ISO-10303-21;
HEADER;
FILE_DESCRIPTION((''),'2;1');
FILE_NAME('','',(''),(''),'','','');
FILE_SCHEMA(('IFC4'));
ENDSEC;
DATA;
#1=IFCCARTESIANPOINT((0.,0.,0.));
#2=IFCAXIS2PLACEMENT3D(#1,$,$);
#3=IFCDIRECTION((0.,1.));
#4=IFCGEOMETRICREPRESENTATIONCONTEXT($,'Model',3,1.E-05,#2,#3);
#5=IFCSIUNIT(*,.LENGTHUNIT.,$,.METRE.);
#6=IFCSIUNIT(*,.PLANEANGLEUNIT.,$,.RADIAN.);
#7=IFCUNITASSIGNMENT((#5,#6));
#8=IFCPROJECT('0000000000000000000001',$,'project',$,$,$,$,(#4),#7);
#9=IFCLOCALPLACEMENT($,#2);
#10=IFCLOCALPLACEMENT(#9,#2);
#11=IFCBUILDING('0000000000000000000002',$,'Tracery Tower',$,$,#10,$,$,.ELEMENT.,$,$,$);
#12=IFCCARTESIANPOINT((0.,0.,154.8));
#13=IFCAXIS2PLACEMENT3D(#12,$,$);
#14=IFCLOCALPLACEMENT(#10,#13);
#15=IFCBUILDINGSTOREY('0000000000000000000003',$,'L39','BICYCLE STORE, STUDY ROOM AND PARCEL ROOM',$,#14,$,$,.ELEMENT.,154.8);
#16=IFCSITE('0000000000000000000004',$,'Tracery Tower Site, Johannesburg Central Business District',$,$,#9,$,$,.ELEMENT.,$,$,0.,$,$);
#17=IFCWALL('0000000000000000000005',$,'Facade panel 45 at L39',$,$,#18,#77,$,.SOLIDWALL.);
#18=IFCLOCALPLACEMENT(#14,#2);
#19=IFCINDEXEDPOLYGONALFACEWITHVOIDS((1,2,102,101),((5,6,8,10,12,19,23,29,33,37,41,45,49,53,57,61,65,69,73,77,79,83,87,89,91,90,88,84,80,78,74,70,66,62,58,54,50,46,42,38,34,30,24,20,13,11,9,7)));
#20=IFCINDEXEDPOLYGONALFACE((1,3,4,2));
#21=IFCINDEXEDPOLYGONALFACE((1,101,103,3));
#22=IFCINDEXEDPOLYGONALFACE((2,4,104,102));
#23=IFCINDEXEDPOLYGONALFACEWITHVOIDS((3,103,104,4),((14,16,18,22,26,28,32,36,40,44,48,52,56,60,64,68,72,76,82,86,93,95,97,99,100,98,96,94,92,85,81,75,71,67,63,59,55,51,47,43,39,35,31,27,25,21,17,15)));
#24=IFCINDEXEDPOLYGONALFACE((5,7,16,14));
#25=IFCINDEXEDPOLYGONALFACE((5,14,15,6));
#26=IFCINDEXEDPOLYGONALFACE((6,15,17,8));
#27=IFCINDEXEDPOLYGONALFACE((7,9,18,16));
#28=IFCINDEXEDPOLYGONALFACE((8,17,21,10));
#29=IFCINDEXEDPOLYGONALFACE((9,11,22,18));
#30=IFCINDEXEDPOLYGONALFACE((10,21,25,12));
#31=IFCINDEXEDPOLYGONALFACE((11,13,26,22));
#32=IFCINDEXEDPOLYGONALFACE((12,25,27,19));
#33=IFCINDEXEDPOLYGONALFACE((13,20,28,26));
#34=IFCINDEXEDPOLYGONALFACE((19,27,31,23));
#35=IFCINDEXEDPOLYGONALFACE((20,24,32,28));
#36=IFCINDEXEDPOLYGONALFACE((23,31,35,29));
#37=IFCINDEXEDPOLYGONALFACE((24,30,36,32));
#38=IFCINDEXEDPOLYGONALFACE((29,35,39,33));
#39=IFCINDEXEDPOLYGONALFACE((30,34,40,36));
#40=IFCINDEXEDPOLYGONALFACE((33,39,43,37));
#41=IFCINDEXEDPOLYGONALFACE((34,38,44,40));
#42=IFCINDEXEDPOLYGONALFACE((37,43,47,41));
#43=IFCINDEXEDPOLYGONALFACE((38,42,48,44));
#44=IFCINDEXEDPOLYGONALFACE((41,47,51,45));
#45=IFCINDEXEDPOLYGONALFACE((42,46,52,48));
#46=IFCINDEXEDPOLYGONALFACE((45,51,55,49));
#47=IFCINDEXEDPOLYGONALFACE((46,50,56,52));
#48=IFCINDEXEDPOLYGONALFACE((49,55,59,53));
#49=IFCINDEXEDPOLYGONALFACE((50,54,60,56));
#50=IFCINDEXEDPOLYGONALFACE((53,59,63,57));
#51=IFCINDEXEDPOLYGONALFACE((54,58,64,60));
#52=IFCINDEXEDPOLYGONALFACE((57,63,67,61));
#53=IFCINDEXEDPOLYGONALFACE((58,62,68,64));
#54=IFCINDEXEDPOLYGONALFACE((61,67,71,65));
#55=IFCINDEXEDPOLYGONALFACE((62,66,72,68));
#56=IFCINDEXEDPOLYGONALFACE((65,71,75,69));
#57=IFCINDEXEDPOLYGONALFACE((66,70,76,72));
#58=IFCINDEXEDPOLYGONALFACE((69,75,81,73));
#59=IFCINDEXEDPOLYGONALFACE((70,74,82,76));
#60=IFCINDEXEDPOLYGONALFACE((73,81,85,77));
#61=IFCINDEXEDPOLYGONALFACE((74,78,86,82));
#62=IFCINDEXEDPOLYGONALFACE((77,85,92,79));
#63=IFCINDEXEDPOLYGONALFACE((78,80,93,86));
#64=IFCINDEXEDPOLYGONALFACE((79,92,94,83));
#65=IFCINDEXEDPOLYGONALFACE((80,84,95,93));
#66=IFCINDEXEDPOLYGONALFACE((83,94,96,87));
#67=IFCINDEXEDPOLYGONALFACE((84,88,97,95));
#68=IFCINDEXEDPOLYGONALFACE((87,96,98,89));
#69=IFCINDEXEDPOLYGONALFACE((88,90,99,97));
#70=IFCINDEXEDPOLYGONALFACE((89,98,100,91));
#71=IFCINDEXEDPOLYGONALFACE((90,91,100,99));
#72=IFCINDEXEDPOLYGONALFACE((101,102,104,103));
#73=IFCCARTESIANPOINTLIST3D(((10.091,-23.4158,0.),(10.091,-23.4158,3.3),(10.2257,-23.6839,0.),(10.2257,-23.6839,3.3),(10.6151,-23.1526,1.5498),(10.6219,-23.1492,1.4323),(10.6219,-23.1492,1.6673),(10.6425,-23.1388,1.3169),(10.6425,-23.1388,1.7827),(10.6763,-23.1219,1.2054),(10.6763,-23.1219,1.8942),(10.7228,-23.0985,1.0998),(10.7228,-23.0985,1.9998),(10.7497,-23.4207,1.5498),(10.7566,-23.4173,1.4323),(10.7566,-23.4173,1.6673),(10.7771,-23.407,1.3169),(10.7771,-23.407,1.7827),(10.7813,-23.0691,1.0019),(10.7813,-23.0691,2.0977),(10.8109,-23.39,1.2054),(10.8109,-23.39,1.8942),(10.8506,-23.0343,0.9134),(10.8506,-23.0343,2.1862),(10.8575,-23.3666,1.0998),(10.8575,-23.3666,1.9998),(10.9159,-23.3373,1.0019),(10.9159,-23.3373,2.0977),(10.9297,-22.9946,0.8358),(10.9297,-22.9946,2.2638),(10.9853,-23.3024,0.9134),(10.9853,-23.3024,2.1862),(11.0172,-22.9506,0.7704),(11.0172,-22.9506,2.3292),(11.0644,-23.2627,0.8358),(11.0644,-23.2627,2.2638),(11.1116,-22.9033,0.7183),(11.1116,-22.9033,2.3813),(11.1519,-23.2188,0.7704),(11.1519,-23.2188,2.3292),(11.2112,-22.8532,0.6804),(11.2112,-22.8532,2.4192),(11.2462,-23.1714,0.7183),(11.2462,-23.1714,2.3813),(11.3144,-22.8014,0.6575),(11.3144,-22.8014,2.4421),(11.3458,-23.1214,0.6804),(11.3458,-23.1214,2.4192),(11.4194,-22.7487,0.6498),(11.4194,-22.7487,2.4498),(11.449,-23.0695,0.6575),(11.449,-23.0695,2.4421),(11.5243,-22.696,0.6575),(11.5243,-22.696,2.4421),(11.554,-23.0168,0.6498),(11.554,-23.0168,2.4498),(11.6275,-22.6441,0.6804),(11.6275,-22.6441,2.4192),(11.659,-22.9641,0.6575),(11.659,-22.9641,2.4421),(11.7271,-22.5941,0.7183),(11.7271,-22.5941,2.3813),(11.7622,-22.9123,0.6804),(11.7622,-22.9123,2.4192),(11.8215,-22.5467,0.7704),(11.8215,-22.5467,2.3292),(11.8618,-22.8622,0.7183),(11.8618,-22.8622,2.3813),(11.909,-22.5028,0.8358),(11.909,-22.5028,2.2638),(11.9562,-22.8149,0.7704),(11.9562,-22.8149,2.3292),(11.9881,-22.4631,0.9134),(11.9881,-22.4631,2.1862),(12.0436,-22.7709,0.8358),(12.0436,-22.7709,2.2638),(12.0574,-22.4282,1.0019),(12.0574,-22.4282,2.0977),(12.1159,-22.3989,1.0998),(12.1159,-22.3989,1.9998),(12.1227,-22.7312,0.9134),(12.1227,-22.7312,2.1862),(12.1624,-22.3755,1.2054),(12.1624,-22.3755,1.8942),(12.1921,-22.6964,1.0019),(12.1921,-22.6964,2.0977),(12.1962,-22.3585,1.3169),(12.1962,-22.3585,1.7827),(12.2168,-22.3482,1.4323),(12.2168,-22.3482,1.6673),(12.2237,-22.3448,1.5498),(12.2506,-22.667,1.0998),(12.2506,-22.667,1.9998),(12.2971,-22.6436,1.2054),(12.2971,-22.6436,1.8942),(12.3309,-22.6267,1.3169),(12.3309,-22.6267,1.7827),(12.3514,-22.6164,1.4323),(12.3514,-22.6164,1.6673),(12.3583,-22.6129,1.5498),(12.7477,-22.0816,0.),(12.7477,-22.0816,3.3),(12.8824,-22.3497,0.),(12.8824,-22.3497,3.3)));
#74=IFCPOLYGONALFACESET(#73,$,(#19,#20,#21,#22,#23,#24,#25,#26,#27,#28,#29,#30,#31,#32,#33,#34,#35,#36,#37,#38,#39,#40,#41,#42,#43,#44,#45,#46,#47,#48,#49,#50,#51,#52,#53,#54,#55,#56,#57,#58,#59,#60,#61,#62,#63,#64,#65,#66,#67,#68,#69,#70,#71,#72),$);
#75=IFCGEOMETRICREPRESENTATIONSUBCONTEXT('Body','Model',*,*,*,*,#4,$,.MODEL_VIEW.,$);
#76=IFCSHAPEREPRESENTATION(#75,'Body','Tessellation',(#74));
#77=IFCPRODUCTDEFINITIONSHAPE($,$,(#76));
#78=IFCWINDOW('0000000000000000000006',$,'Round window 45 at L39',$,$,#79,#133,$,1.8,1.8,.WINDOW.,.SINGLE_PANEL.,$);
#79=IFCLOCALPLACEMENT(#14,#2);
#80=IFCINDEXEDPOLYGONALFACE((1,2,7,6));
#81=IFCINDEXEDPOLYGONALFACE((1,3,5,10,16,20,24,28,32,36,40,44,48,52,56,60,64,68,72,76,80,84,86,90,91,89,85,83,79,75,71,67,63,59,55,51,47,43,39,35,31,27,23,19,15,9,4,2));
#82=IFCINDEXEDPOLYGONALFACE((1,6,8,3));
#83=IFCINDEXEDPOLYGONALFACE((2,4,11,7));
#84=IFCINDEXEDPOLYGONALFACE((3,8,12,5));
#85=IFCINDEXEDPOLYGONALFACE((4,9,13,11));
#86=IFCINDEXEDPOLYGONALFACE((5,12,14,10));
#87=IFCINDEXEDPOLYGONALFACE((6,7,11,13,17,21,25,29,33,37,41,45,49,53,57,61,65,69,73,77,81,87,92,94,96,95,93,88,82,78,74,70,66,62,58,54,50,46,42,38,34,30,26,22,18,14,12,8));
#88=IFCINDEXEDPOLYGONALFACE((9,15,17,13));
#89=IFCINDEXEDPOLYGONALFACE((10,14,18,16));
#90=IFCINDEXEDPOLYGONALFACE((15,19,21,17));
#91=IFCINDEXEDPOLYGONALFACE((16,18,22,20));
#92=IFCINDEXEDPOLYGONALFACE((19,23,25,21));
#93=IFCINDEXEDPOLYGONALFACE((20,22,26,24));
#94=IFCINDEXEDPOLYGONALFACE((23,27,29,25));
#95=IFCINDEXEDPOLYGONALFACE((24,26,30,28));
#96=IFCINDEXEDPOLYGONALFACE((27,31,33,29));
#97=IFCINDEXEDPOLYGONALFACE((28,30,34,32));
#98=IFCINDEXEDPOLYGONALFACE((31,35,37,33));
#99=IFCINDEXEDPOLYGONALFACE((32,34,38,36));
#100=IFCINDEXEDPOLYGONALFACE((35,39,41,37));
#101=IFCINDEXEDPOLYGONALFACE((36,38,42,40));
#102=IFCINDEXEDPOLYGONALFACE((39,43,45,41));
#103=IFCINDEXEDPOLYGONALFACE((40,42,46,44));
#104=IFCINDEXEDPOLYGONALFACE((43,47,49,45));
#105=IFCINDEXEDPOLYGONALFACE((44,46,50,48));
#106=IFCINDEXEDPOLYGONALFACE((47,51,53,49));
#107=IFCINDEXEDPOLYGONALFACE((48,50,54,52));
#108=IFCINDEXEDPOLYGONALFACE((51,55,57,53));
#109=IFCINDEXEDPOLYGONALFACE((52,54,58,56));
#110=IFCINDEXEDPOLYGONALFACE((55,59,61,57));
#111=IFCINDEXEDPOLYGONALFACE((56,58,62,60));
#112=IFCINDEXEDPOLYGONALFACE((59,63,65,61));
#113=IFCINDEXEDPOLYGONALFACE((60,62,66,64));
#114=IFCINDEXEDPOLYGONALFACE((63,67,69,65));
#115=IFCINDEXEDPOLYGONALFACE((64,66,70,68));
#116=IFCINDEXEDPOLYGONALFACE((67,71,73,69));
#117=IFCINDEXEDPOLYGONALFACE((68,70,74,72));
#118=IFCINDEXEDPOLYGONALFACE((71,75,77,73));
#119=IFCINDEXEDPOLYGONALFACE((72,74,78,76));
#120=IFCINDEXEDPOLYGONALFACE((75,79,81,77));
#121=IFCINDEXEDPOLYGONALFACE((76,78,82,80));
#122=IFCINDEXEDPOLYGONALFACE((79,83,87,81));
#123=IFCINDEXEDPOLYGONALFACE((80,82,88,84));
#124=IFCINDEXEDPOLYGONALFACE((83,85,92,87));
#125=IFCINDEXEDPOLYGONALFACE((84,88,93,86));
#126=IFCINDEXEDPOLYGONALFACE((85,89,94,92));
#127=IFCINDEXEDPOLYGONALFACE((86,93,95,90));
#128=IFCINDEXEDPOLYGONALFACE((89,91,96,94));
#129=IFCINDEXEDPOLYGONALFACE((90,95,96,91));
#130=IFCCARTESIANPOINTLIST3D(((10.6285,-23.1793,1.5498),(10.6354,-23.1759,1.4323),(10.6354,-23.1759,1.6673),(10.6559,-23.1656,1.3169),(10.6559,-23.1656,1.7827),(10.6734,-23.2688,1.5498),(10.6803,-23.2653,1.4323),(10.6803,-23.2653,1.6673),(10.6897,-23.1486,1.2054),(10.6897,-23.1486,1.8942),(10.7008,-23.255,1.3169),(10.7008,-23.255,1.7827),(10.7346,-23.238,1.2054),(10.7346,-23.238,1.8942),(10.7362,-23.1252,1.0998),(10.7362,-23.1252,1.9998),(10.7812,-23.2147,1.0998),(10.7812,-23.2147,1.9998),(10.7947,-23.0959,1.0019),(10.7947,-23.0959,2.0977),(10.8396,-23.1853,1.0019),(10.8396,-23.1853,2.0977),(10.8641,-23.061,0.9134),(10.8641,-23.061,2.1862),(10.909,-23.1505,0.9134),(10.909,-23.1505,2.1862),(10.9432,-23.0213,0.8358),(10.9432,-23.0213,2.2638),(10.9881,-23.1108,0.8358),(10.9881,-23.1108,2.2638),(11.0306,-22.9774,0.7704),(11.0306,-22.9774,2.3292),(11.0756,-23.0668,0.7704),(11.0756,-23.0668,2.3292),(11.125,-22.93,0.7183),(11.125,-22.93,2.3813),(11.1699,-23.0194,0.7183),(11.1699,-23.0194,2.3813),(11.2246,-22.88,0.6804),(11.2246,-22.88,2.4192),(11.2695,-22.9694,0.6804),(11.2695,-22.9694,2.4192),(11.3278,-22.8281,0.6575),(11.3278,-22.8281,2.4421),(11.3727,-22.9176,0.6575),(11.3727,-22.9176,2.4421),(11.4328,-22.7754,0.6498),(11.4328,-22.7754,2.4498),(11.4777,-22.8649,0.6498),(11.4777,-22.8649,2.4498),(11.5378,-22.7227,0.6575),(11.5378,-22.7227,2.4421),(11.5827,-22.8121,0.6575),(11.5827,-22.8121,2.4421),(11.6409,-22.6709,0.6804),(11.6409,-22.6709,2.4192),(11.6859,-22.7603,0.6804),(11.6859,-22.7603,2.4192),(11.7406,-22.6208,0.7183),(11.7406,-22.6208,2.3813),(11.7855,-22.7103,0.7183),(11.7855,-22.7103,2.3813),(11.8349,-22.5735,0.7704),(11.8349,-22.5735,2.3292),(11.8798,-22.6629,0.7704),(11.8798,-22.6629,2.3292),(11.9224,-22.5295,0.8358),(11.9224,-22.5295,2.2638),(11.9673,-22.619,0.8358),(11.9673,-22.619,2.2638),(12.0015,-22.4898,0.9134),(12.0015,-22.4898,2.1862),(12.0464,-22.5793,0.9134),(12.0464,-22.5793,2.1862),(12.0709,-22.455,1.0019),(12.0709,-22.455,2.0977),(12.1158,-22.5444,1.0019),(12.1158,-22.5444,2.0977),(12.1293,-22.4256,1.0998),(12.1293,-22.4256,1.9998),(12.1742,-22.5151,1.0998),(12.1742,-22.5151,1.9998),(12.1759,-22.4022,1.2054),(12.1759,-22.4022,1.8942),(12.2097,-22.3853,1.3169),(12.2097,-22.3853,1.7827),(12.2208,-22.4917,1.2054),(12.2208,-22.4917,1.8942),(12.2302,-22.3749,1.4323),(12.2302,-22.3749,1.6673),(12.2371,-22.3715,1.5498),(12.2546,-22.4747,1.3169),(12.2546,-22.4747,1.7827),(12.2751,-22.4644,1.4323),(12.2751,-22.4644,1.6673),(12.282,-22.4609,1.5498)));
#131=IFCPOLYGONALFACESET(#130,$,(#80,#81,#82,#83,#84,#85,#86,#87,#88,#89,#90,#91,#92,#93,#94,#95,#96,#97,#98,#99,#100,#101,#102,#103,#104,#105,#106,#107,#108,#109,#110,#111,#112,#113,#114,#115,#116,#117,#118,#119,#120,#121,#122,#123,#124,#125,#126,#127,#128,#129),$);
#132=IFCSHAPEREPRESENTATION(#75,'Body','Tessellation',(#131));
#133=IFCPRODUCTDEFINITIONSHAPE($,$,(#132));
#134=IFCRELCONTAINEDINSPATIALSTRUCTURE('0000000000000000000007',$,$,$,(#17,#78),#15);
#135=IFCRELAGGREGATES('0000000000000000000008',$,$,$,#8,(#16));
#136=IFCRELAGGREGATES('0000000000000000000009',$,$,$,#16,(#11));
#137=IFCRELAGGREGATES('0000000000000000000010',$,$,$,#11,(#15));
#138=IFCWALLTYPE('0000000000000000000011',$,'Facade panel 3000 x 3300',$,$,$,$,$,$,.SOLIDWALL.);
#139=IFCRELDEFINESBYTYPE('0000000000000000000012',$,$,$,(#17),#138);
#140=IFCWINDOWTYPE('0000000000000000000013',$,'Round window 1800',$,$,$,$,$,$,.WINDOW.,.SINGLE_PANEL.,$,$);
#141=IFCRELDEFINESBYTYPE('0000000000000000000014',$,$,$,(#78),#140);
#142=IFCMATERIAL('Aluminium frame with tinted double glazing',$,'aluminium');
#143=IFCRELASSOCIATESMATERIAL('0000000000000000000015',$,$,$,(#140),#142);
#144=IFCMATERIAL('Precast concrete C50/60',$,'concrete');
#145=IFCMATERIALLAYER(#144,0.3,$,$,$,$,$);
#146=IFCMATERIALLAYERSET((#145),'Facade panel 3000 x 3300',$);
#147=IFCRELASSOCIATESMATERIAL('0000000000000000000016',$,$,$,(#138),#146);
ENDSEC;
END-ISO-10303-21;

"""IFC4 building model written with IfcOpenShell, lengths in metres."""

from ifc_helpers import new_model, si_unit, direction, frame, frame_2d, origin, origin_2d, place, context, subcontext, project, spatial, rectangle, circle, extrude, material, layer, layer_set, type_object, element, fill, save


model = new_model("IFC4")

# Units and contexts
model_context = context("Model", 3, precision=1e-05, world=origin(), true_north=direction((0.0, 1.0)))
body_context = subcontext(model_context, "Body", "Model", "MODEL_VIEW")
ifc_project = project(units=[si_unit("LENGTHUNIT", "METRE"), si_unit("PLANEANGLEUNIT", "RADIAN")], contexts=[model_context])

# Site, building, storey
site_placement = place(None, origin())
site = spatial("IfcSite", under=ifc_project, at=site_placement, Name="Tracery Tower Site, Johannesburg Central Business District", CompositionType="ELEMENT", RefElevation=0.0)
building_placement = place(site_placement, origin())
building = spatial("IfcBuilding", under=site, at=building_placement, Name="Tracery Tower", CompositionType="ELEMENT")
storey_placement = place(building_placement, frame((0.0, 0.0, 154.8)))
storey = spatial("IfcBuildingStorey", under=building, at=storey_placement, Name="L39", Description="BICYCLE STORE, STUDY ROOM AND PARCEL ROOM", CompositionType="ELEMENT", Elevation=154.8)

# Wall, opening, window
ifc_material_1 = material(Name="Aluminium frame with tinted double glazing", Category="aluminium")
window_type = type_object("IfcWindowType", Name="Round window 1800", PartitioningType="SINGLE_PANEL", PredefinedType="WINDOW", material=ifc_material_1)
ifc_material_2 = material(Name="Precast concrete C50/60", Category="concrete")
ifc_layer_1 = layer(ifc_material_2, 0.3)
ifc_layer_set_1 = layer_set([ifc_layer_1], Name="Facade panel 3000 x 3300")
wall_type_1 = type_object("IfcWallType", Name="Facade panel 3000 x 3300", PredefinedType="SOLIDWALL", material=ifc_layer_set_1)
wall_1_placement = place(storey_placement, frame((10.1584, -23.5498, 0.0), z_axis=(0.0, 0.0, 1.0), x_axis=(0.893637, 0.44879, 0.0)))
wall_1 = element("IfcWall", 1, at=wall_1_placement, inside=storey, type_object=wall_type_1, Name="Facade panel 45 at L39", PredefinedType="SOLIDWALL", context=body_context, shape_type="SweptSolid", body=[
    extrude(rectangle(XDim=2.9729, YDim=0.3, at=frame_2d((1.4863, 0.0))), origin(), (0.0, 0.0, 1.0), 3.3),
])
opening_1_placement = place(wall_1_placement, frame((1.4863, 0.0, 1.5498)))
opening_1 = element("IfcOpeningElement", 2, at=opening_1_placement, cuts=wall_1, PredefinedType="OPENING", context=body_context, shape_type="SweptSolid", body=[
    extrude(circle(Radius=0.9, at=origin_2d()), frame((0.0, 0.1599, 0.0), z_axis=(0.0, -1.0, 0.0), x_axis=(1.0, 0.0, 0.0)), (0.0, 0.0, 1.0), 0.3201),
])
window_1_placement = place(opening_1_placement, origin())
window_1 = element("IfcWindow", 3, at=window_1_placement, inside=storey, type_object=window_type, Name="Round window 45 at L39", OverallHeight=1.8, OverallWidth=1.8, PartitioningType="SINGLE_PANEL", PredefinedType="WINDOW", context=body_context, shape_type="SweptSolid", body=[
    extrude(circle(Radius=0.9, at=origin_2d()), frame((0.0, 0.1201, 0.0), z_axis=(0.0, -1.0, 0.0), x_axis=(1.0, 0.0, 0.0)), (0.0, 0.0, 1.0), 0.1001),
])
fill(opening_1, window_1)

save(model, "model.ifc")
